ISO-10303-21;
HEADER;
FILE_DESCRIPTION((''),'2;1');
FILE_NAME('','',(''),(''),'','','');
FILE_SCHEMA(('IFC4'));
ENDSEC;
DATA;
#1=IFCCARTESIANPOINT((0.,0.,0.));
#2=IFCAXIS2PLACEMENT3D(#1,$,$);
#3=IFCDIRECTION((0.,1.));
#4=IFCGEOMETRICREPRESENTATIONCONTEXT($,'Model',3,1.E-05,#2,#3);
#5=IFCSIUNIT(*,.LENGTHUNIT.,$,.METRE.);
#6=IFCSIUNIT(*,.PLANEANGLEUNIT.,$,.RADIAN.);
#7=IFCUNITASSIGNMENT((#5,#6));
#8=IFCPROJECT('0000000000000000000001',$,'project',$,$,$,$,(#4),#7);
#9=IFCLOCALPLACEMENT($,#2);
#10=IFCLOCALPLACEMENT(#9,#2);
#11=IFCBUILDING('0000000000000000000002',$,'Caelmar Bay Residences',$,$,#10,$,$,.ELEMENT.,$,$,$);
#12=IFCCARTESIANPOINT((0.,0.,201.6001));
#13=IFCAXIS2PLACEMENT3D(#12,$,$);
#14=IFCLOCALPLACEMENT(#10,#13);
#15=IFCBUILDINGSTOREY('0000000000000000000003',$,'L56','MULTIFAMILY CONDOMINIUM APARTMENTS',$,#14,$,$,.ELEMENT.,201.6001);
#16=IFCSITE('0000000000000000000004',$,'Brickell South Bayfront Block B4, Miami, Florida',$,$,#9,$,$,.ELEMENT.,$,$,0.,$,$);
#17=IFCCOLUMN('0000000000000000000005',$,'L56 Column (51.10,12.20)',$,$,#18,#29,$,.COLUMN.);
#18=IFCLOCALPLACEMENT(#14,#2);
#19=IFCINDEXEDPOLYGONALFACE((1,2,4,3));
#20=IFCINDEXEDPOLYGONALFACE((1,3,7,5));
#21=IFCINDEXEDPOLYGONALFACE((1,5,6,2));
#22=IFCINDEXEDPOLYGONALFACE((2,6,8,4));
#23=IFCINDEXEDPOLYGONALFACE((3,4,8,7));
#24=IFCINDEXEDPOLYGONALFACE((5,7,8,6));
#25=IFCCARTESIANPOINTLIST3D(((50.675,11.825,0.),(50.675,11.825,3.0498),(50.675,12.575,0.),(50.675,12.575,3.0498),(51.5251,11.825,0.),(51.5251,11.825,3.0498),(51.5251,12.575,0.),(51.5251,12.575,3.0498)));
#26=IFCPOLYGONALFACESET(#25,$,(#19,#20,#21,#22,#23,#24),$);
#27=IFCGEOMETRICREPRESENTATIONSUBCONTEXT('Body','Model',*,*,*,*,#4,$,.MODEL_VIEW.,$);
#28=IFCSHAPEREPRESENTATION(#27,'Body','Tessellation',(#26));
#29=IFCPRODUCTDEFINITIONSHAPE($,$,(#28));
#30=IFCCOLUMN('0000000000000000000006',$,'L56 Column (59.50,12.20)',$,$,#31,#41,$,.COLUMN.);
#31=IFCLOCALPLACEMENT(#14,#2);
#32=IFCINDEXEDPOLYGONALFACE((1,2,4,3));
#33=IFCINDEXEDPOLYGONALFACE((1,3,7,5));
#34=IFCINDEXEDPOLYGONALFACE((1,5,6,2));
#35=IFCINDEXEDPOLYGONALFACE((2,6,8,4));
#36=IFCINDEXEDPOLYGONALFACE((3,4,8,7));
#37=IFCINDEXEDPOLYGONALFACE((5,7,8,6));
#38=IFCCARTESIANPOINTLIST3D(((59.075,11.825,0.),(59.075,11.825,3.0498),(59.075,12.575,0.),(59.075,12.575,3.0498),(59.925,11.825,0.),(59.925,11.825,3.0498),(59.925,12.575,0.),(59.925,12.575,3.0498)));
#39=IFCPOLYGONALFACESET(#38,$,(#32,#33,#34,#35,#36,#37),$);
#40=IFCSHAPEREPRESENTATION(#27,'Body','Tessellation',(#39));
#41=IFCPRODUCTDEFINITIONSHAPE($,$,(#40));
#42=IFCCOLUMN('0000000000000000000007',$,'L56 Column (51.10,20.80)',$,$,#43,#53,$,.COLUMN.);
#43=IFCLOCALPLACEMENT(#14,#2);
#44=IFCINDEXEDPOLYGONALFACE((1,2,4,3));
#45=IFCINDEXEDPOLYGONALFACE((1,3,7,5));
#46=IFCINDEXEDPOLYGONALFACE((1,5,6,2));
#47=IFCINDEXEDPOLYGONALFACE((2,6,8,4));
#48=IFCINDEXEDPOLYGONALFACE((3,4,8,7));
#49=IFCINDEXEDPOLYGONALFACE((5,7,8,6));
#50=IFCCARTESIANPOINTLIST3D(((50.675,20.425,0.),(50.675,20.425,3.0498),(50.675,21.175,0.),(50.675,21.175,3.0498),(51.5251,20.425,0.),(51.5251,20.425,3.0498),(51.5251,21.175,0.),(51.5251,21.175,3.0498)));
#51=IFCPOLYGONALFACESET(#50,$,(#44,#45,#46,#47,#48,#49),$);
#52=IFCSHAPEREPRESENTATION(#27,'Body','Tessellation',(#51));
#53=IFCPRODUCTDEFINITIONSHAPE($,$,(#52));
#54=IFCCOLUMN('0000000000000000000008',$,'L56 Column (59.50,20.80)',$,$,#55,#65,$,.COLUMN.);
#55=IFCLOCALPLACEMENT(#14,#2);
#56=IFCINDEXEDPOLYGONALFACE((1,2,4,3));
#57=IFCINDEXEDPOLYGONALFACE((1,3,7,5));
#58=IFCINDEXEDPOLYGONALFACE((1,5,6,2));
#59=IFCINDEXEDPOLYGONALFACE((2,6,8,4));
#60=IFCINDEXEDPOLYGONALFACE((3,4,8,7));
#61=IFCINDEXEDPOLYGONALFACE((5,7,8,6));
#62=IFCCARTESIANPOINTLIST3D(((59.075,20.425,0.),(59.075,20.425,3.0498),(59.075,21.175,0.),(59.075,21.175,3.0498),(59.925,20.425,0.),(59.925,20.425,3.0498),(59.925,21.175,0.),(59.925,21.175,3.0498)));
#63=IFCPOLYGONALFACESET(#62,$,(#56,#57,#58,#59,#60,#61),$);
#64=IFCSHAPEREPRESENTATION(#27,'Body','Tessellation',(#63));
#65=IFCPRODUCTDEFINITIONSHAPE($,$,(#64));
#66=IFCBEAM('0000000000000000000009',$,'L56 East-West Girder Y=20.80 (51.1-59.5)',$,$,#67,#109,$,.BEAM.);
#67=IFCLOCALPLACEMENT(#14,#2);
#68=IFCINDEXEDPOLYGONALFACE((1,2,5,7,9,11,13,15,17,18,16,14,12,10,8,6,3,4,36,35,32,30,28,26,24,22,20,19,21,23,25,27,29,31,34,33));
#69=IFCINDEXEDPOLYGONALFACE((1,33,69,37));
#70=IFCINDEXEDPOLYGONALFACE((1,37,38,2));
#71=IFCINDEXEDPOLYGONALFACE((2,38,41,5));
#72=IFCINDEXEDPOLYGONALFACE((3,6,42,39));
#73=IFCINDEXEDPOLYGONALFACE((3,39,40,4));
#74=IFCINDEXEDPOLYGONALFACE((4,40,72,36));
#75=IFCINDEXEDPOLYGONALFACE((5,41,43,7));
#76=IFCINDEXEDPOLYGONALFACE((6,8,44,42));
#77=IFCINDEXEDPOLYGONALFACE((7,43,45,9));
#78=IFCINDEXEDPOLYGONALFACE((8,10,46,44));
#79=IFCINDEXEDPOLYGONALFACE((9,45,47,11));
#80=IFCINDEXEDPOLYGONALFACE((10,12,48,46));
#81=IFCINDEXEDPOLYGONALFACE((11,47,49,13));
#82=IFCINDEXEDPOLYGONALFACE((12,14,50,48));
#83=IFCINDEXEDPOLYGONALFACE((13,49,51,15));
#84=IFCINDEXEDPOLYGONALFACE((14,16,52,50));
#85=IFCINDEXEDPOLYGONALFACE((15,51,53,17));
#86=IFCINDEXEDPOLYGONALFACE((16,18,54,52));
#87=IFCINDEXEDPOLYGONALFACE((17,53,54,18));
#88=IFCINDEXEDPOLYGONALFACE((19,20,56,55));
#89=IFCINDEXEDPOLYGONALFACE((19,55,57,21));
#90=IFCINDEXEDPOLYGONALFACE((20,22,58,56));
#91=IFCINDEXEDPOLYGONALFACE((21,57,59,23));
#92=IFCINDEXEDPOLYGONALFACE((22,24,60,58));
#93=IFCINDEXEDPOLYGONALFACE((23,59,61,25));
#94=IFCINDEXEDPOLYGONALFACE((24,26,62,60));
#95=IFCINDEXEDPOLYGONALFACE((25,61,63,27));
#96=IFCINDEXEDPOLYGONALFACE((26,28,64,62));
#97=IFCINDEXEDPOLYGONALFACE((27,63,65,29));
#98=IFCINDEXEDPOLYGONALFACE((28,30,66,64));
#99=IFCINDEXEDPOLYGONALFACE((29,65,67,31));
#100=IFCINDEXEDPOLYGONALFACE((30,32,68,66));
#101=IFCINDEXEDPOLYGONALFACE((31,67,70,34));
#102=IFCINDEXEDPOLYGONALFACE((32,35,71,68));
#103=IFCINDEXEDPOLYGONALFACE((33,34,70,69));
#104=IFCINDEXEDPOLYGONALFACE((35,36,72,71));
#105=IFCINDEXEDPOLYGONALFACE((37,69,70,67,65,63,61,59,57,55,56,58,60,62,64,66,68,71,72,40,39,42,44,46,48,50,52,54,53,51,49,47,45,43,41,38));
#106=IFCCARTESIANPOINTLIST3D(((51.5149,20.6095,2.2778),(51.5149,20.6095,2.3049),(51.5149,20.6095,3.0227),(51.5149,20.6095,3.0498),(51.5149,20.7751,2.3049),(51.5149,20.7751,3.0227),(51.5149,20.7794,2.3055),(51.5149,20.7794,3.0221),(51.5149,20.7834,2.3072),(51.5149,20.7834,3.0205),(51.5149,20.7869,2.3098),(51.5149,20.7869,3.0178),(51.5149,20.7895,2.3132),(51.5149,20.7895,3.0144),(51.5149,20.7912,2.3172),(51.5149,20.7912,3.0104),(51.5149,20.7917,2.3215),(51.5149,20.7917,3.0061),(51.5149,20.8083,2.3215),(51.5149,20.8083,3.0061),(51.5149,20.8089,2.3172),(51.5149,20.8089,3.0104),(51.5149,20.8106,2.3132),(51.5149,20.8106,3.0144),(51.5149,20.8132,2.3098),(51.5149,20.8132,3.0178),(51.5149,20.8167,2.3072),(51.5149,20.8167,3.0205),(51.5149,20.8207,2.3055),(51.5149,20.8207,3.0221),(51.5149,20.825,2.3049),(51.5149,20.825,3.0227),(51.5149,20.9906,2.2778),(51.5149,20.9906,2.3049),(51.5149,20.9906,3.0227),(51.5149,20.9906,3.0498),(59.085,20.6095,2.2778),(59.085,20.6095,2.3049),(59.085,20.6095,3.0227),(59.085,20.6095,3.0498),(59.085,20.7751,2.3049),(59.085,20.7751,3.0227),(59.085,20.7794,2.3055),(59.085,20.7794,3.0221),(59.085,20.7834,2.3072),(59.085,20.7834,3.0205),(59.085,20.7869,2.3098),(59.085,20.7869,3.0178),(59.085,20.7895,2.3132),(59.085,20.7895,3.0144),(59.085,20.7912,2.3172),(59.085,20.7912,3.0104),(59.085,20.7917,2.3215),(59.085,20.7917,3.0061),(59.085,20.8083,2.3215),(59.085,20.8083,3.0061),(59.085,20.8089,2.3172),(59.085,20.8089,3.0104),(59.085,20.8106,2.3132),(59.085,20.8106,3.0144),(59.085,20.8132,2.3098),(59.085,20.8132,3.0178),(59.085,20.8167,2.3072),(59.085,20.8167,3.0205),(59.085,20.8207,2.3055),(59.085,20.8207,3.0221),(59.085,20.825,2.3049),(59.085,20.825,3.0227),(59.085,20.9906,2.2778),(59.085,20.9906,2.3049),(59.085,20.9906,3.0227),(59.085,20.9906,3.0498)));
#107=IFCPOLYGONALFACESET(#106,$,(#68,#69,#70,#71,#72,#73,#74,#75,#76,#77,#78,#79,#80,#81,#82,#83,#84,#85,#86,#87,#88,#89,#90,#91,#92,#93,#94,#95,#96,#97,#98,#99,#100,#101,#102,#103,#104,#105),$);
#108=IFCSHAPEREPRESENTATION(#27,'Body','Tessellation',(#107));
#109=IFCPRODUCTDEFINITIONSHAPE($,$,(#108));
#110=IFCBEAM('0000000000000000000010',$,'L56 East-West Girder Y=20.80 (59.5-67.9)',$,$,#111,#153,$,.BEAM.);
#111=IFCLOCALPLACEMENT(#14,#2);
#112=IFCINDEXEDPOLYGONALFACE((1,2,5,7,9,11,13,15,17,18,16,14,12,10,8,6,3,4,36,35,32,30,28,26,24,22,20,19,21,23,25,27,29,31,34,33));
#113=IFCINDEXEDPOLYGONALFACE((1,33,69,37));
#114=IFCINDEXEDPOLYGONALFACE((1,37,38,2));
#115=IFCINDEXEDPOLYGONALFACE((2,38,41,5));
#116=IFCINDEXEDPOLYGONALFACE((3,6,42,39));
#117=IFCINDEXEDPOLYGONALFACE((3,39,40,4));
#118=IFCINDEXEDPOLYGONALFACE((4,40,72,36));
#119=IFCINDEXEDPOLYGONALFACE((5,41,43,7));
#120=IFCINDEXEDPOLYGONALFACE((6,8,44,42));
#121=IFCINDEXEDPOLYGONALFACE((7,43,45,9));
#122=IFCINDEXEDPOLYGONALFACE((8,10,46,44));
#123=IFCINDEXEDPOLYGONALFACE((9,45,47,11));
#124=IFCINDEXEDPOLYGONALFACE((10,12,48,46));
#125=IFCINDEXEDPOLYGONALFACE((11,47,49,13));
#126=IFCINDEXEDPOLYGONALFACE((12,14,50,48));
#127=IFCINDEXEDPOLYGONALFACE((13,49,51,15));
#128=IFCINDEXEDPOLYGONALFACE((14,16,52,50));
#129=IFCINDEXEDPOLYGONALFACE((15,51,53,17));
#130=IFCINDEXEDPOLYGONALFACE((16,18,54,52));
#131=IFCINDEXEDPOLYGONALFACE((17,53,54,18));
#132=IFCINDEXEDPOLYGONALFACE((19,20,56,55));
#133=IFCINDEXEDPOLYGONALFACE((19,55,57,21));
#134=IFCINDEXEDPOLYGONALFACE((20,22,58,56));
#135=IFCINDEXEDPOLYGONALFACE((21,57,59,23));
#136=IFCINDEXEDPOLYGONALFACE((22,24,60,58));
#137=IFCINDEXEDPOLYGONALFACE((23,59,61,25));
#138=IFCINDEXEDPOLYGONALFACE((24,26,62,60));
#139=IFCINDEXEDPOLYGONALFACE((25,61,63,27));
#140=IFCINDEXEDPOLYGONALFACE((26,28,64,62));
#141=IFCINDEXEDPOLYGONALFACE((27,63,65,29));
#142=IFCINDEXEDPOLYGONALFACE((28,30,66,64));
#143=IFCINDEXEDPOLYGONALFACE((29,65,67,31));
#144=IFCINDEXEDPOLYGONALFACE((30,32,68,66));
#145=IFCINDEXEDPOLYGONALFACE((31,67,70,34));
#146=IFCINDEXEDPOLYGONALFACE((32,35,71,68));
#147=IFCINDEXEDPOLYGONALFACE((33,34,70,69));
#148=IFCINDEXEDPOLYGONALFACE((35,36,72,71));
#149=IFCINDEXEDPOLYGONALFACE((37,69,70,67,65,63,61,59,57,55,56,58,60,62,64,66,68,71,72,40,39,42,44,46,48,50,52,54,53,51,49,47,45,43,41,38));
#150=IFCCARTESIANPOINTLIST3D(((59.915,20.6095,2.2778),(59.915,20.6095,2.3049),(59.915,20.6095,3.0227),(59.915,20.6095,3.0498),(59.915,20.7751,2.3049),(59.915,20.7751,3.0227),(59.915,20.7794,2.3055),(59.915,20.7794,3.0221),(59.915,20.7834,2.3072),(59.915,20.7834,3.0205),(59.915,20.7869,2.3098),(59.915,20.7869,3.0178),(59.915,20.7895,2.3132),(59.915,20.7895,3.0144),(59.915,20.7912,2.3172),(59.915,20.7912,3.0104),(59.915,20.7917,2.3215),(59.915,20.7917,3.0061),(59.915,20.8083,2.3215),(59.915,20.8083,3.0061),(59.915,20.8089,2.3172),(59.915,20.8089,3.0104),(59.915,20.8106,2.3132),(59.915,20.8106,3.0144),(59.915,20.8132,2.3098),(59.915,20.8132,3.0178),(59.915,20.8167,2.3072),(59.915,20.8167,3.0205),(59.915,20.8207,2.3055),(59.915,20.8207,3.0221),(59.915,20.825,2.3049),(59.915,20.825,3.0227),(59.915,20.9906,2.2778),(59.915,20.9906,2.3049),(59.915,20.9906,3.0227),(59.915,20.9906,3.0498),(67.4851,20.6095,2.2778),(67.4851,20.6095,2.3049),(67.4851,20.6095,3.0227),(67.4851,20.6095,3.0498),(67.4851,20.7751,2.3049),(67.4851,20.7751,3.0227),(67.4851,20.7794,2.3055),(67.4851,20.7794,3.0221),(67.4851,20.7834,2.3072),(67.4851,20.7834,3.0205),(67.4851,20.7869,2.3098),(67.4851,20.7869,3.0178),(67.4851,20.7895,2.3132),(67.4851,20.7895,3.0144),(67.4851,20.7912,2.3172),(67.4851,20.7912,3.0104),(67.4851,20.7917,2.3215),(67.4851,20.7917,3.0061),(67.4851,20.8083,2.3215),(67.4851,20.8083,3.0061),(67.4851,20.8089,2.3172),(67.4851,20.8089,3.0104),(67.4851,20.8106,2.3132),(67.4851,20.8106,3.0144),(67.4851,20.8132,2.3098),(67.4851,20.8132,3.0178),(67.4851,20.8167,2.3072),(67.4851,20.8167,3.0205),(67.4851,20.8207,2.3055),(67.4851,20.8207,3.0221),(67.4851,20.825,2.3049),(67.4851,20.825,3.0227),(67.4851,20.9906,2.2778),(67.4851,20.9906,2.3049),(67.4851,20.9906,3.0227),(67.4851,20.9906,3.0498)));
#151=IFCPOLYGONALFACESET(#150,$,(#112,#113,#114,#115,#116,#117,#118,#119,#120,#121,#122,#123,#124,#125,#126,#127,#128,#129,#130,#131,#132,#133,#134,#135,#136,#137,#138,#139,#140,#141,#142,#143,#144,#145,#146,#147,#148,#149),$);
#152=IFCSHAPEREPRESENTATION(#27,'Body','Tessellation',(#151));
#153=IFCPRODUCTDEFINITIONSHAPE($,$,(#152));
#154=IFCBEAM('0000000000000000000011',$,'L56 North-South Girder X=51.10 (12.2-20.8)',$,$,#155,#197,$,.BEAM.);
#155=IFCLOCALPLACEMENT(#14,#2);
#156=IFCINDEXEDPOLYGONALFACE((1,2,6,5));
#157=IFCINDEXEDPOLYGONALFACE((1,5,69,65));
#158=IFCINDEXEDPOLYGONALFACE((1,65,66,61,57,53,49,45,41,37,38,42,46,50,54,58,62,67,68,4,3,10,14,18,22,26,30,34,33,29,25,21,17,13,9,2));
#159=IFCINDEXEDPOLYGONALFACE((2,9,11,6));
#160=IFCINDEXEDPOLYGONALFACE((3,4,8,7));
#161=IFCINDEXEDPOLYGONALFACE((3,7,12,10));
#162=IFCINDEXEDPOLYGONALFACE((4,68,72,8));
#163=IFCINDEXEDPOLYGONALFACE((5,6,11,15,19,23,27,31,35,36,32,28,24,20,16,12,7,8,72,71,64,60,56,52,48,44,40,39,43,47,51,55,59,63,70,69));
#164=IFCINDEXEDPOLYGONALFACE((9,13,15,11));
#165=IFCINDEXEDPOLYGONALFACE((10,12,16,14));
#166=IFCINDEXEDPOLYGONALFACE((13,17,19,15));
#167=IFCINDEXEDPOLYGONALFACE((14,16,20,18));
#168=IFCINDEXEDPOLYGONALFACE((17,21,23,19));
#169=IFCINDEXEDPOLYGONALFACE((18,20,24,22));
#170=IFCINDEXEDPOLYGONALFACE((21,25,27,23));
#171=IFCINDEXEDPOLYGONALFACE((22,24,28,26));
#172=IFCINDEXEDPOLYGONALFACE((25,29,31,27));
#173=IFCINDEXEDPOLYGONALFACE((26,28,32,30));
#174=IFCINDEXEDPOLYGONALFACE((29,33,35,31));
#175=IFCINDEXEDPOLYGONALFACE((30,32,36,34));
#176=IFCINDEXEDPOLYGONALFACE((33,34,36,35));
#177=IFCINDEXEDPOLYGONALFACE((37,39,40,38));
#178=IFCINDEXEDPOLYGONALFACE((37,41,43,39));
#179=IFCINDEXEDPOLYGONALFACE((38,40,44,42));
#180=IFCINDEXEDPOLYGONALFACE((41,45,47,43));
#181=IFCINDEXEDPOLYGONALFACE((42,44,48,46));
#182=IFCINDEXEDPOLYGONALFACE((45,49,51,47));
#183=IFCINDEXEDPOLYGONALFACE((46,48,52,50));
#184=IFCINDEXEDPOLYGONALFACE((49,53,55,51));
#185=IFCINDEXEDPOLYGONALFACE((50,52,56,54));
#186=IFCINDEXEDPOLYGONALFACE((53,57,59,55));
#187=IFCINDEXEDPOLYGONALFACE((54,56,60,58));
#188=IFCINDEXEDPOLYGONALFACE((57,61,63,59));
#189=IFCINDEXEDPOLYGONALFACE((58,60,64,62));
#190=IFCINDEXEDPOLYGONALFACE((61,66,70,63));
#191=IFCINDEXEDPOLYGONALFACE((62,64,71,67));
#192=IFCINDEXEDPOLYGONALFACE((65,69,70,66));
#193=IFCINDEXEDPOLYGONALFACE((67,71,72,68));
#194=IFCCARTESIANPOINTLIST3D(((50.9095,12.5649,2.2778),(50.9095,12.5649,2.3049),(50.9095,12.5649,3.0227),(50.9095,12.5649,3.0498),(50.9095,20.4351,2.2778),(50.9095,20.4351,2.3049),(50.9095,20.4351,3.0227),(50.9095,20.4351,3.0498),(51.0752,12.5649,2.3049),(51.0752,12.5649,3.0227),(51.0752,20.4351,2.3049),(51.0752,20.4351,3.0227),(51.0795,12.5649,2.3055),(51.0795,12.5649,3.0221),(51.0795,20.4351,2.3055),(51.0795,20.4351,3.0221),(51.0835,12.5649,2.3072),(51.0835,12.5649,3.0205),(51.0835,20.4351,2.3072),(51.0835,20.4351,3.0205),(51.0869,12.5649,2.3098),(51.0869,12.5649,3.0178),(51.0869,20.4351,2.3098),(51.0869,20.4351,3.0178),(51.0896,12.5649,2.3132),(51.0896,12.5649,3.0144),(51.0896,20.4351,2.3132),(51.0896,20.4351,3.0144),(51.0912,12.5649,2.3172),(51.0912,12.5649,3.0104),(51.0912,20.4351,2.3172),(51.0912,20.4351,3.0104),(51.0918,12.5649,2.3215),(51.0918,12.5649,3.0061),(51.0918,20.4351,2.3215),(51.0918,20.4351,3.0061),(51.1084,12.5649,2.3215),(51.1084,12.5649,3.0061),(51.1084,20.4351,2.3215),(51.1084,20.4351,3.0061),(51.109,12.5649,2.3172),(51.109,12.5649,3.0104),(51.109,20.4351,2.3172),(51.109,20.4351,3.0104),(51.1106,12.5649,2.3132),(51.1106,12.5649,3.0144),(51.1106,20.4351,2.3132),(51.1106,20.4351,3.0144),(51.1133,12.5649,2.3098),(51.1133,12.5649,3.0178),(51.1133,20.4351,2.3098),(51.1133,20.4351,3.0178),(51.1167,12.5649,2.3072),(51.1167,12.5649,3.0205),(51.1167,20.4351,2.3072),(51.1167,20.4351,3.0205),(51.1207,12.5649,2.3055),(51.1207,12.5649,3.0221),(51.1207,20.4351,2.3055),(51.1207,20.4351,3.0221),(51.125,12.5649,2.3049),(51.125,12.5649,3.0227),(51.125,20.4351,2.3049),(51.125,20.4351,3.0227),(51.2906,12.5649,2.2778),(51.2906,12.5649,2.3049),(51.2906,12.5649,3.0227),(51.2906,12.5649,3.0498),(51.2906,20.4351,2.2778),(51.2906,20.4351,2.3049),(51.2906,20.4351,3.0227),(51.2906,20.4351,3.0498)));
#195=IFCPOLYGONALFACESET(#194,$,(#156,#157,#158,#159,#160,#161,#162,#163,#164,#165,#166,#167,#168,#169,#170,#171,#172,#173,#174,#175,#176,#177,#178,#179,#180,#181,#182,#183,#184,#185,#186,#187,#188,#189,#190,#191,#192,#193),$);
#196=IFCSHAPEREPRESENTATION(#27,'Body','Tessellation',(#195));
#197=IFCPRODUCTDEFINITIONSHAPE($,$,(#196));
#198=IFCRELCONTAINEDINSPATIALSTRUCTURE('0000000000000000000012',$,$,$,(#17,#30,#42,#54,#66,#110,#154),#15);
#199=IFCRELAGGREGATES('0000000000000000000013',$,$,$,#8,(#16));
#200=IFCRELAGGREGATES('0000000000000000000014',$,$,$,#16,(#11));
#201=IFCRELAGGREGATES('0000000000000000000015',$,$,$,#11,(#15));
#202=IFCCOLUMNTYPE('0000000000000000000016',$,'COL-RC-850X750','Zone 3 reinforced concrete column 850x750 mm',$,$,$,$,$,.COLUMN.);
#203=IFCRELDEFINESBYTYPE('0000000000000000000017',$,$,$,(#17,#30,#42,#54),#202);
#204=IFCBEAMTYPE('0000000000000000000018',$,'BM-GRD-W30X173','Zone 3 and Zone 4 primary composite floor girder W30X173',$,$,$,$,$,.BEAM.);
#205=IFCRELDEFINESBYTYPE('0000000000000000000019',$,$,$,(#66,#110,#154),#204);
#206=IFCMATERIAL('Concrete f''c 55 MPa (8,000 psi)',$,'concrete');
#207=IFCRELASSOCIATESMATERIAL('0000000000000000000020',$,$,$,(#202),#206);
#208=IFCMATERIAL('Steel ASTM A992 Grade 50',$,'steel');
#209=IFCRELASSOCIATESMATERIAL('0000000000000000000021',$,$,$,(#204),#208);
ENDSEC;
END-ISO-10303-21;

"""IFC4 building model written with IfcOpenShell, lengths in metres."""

from ifc_helpers import new_model, si_unit, direction, frame, origin, origin_2d, place, context, subcontext, project, spatial, rectangle, i_section, extrude, material, material_profile, profile_set, type_object, element, save


model = new_model("IFC4")

# Units and contexts
model_context = context("Model", 3, precision=1e-05, world=origin(), true_north=direction((0.0, 1.0)))
body_context = subcontext(model_context, "Body", "Model", "MODEL_VIEW")
ifc_project = project(units=[si_unit("LENGTHUNIT", "METRE"), si_unit("PLANEANGLEUNIT", "RADIAN")], contexts=[model_context])

# Site, building, storey
site_placement = place(None, origin())
site = spatial("IfcSite", under=ifc_project, at=site_placement, Name="Brickell South Bayfront Block B4, Miami, Florida", CompositionType="ELEMENT", RefElevation=0.0)
building_placement = place(site_placement, origin())
building = spatial("IfcBuilding", under=site, at=building_placement, Name="Caelmar Bay Residences", CompositionType="ELEMENT")
storey_placement = place(building_placement, frame((0.0, 0.0, 201.6001)))
storey = spatial("IfcBuildingStorey", under=building, at=storey_placement, Name="L56", Description="MULTIFAMILY CONDOMINIUM APARTMENTS", CompositionType="ELEMENT", Elevation=201.6001)

# Columns
ifc_material_1 = material(Name="Concrete f'c 55 MPa (8,000 psi)", Category="concrete")
ifc_material_profile_1 = material_profile(ifc_material_1, rectangle(XDim=0.8501, YDim=0.75, at=origin_2d()), Name="RC-COL-850X750")
ifc_profile_set_1 = profile_set([ifc_material_profile_1], Name="Concrete f'c 55 MPa (8,000 psi)")
column_type = type_object("IfcColumnType", Name="COL-RC-850X750", Description="Zone 3 reinforced concrete column 850x750 mm", PredefinedType="COLUMN", material=ifc_profile_set_1)
for number, where, z_axis, x_axis, name in (
    (1, (51.1001, 12.2, 0.0), (0.0, 0.0, 1.0), (1.0, 0.0, 0.0), "L56 Column (51.10,12.20)"),
    (2, (59.5, 12.2, 0.0), (0.0, 0.0, 1.0), (1.0, 0.0, 0.0), "L56 Column (59.50,12.20)"),
    (3, (51.1001, 20.8, 0.0), (0.0, 0.0, 1.0), (1.0, 0.0, 0.0), "L56 Column (51.10,20.80)"),
    (4, (59.5, 20.8, 0.0), (0.0, 0.0, 1.0), (1.0, 0.0, 0.0), "L56 Column (59.50,20.80)"),
):
    element("IfcColumn", number, at=place(storey_placement, frame(where, z_axis=z_axis, x_axis=x_axis)), inside=storey, type_object=column_type, Name=name, PredefinedType="COLUMN", context=body_context, shape_type="SweptSolid", body=[
        extrude(rectangle(XDim=0.8501, YDim=0.75, at=origin_2d()), origin(), (0.0, 0.0, 1.0), 3.0498),
    ])

# Beams
ifc_material_2 = material(Name="Steel ASTM A992 Grade 50", Category="steel")
ifc_material_profile_2 = material_profile(ifc_material_2, i_section(OverallWidth=0.3811, OverallDepth=0.772, WebThickness=0.0166, FlangeThickness=0.0271, FilletRadius=0.0166, at=origin_2d()), Name="W30X173")
ifc_profile_set_2 = profile_set([ifc_material_profile_2], Name="Steel ASTM A992 Grade 50")
beam_type_1 = type_object("IfcBeamType", Name="BM-GRD-W30X173", Description="Zone 3 and Zone 4 primary composite floor girder W30X173", PredefinedType="BEAM", material=ifc_profile_set_2)
for number, where, z_axis, x_axis, name in (
    (5, (51.5149, 20.8, 2.6638), (1.0, 0.0, 0.0), (0.0, 1.0, 0.0), "L56 East-West Girder Y=20.80 (51.1-59.5)"),
    (6, (59.915, 20.8, 2.6638), (1.0, 0.0, 0.0), (0.0, 1.0, 0.0), "L56 East-West Girder Y=20.80 (59.5-67.9)"),
):
    element("IfcBeam", number, at=place(storey_placement, frame(where, z_axis=z_axis, x_axis=x_axis)), inside=storey, type_object=beam_type_1, Name=name, PredefinedType="BEAM", context=body_context, shape_type="SweptSolid", body=[
        extrude(i_section(OverallWidth=0.3811, OverallDepth=0.772, WebThickness=0.0166, FlangeThickness=0.0271, FilletRadius=0.0166, at=origin_2d()), origin(), (0.0, 0.0, 1.0), 7.5701),
    ])
for number, where, z_axis, x_axis, name in (
    (7, (51.1001, 12.5649, 2.6638), (0.0, 1.0, 0.0), (-1.0, 0.0, 0.0), "L56 North-South Girder X=51.10 (12.2-20.8)"),
):
    element("IfcBeam", number, at=place(storey_placement, frame(where, z_axis=z_axis, x_axis=x_axis)), inside=storey, type_object=beam_type_1, Name=name, PredefinedType="BEAM", context=body_context, shape_type="SweptSolid", body=[
        extrude(i_section(OverallWidth=0.3811, OverallDepth=0.772, WebThickness=0.0166, FlangeThickness=0.0271, FilletRadius=0.0166, at=origin_2d()), origin(), (0.0, 0.0, 1.0), 7.8701),
    ])

save(model, "model.ifc")
